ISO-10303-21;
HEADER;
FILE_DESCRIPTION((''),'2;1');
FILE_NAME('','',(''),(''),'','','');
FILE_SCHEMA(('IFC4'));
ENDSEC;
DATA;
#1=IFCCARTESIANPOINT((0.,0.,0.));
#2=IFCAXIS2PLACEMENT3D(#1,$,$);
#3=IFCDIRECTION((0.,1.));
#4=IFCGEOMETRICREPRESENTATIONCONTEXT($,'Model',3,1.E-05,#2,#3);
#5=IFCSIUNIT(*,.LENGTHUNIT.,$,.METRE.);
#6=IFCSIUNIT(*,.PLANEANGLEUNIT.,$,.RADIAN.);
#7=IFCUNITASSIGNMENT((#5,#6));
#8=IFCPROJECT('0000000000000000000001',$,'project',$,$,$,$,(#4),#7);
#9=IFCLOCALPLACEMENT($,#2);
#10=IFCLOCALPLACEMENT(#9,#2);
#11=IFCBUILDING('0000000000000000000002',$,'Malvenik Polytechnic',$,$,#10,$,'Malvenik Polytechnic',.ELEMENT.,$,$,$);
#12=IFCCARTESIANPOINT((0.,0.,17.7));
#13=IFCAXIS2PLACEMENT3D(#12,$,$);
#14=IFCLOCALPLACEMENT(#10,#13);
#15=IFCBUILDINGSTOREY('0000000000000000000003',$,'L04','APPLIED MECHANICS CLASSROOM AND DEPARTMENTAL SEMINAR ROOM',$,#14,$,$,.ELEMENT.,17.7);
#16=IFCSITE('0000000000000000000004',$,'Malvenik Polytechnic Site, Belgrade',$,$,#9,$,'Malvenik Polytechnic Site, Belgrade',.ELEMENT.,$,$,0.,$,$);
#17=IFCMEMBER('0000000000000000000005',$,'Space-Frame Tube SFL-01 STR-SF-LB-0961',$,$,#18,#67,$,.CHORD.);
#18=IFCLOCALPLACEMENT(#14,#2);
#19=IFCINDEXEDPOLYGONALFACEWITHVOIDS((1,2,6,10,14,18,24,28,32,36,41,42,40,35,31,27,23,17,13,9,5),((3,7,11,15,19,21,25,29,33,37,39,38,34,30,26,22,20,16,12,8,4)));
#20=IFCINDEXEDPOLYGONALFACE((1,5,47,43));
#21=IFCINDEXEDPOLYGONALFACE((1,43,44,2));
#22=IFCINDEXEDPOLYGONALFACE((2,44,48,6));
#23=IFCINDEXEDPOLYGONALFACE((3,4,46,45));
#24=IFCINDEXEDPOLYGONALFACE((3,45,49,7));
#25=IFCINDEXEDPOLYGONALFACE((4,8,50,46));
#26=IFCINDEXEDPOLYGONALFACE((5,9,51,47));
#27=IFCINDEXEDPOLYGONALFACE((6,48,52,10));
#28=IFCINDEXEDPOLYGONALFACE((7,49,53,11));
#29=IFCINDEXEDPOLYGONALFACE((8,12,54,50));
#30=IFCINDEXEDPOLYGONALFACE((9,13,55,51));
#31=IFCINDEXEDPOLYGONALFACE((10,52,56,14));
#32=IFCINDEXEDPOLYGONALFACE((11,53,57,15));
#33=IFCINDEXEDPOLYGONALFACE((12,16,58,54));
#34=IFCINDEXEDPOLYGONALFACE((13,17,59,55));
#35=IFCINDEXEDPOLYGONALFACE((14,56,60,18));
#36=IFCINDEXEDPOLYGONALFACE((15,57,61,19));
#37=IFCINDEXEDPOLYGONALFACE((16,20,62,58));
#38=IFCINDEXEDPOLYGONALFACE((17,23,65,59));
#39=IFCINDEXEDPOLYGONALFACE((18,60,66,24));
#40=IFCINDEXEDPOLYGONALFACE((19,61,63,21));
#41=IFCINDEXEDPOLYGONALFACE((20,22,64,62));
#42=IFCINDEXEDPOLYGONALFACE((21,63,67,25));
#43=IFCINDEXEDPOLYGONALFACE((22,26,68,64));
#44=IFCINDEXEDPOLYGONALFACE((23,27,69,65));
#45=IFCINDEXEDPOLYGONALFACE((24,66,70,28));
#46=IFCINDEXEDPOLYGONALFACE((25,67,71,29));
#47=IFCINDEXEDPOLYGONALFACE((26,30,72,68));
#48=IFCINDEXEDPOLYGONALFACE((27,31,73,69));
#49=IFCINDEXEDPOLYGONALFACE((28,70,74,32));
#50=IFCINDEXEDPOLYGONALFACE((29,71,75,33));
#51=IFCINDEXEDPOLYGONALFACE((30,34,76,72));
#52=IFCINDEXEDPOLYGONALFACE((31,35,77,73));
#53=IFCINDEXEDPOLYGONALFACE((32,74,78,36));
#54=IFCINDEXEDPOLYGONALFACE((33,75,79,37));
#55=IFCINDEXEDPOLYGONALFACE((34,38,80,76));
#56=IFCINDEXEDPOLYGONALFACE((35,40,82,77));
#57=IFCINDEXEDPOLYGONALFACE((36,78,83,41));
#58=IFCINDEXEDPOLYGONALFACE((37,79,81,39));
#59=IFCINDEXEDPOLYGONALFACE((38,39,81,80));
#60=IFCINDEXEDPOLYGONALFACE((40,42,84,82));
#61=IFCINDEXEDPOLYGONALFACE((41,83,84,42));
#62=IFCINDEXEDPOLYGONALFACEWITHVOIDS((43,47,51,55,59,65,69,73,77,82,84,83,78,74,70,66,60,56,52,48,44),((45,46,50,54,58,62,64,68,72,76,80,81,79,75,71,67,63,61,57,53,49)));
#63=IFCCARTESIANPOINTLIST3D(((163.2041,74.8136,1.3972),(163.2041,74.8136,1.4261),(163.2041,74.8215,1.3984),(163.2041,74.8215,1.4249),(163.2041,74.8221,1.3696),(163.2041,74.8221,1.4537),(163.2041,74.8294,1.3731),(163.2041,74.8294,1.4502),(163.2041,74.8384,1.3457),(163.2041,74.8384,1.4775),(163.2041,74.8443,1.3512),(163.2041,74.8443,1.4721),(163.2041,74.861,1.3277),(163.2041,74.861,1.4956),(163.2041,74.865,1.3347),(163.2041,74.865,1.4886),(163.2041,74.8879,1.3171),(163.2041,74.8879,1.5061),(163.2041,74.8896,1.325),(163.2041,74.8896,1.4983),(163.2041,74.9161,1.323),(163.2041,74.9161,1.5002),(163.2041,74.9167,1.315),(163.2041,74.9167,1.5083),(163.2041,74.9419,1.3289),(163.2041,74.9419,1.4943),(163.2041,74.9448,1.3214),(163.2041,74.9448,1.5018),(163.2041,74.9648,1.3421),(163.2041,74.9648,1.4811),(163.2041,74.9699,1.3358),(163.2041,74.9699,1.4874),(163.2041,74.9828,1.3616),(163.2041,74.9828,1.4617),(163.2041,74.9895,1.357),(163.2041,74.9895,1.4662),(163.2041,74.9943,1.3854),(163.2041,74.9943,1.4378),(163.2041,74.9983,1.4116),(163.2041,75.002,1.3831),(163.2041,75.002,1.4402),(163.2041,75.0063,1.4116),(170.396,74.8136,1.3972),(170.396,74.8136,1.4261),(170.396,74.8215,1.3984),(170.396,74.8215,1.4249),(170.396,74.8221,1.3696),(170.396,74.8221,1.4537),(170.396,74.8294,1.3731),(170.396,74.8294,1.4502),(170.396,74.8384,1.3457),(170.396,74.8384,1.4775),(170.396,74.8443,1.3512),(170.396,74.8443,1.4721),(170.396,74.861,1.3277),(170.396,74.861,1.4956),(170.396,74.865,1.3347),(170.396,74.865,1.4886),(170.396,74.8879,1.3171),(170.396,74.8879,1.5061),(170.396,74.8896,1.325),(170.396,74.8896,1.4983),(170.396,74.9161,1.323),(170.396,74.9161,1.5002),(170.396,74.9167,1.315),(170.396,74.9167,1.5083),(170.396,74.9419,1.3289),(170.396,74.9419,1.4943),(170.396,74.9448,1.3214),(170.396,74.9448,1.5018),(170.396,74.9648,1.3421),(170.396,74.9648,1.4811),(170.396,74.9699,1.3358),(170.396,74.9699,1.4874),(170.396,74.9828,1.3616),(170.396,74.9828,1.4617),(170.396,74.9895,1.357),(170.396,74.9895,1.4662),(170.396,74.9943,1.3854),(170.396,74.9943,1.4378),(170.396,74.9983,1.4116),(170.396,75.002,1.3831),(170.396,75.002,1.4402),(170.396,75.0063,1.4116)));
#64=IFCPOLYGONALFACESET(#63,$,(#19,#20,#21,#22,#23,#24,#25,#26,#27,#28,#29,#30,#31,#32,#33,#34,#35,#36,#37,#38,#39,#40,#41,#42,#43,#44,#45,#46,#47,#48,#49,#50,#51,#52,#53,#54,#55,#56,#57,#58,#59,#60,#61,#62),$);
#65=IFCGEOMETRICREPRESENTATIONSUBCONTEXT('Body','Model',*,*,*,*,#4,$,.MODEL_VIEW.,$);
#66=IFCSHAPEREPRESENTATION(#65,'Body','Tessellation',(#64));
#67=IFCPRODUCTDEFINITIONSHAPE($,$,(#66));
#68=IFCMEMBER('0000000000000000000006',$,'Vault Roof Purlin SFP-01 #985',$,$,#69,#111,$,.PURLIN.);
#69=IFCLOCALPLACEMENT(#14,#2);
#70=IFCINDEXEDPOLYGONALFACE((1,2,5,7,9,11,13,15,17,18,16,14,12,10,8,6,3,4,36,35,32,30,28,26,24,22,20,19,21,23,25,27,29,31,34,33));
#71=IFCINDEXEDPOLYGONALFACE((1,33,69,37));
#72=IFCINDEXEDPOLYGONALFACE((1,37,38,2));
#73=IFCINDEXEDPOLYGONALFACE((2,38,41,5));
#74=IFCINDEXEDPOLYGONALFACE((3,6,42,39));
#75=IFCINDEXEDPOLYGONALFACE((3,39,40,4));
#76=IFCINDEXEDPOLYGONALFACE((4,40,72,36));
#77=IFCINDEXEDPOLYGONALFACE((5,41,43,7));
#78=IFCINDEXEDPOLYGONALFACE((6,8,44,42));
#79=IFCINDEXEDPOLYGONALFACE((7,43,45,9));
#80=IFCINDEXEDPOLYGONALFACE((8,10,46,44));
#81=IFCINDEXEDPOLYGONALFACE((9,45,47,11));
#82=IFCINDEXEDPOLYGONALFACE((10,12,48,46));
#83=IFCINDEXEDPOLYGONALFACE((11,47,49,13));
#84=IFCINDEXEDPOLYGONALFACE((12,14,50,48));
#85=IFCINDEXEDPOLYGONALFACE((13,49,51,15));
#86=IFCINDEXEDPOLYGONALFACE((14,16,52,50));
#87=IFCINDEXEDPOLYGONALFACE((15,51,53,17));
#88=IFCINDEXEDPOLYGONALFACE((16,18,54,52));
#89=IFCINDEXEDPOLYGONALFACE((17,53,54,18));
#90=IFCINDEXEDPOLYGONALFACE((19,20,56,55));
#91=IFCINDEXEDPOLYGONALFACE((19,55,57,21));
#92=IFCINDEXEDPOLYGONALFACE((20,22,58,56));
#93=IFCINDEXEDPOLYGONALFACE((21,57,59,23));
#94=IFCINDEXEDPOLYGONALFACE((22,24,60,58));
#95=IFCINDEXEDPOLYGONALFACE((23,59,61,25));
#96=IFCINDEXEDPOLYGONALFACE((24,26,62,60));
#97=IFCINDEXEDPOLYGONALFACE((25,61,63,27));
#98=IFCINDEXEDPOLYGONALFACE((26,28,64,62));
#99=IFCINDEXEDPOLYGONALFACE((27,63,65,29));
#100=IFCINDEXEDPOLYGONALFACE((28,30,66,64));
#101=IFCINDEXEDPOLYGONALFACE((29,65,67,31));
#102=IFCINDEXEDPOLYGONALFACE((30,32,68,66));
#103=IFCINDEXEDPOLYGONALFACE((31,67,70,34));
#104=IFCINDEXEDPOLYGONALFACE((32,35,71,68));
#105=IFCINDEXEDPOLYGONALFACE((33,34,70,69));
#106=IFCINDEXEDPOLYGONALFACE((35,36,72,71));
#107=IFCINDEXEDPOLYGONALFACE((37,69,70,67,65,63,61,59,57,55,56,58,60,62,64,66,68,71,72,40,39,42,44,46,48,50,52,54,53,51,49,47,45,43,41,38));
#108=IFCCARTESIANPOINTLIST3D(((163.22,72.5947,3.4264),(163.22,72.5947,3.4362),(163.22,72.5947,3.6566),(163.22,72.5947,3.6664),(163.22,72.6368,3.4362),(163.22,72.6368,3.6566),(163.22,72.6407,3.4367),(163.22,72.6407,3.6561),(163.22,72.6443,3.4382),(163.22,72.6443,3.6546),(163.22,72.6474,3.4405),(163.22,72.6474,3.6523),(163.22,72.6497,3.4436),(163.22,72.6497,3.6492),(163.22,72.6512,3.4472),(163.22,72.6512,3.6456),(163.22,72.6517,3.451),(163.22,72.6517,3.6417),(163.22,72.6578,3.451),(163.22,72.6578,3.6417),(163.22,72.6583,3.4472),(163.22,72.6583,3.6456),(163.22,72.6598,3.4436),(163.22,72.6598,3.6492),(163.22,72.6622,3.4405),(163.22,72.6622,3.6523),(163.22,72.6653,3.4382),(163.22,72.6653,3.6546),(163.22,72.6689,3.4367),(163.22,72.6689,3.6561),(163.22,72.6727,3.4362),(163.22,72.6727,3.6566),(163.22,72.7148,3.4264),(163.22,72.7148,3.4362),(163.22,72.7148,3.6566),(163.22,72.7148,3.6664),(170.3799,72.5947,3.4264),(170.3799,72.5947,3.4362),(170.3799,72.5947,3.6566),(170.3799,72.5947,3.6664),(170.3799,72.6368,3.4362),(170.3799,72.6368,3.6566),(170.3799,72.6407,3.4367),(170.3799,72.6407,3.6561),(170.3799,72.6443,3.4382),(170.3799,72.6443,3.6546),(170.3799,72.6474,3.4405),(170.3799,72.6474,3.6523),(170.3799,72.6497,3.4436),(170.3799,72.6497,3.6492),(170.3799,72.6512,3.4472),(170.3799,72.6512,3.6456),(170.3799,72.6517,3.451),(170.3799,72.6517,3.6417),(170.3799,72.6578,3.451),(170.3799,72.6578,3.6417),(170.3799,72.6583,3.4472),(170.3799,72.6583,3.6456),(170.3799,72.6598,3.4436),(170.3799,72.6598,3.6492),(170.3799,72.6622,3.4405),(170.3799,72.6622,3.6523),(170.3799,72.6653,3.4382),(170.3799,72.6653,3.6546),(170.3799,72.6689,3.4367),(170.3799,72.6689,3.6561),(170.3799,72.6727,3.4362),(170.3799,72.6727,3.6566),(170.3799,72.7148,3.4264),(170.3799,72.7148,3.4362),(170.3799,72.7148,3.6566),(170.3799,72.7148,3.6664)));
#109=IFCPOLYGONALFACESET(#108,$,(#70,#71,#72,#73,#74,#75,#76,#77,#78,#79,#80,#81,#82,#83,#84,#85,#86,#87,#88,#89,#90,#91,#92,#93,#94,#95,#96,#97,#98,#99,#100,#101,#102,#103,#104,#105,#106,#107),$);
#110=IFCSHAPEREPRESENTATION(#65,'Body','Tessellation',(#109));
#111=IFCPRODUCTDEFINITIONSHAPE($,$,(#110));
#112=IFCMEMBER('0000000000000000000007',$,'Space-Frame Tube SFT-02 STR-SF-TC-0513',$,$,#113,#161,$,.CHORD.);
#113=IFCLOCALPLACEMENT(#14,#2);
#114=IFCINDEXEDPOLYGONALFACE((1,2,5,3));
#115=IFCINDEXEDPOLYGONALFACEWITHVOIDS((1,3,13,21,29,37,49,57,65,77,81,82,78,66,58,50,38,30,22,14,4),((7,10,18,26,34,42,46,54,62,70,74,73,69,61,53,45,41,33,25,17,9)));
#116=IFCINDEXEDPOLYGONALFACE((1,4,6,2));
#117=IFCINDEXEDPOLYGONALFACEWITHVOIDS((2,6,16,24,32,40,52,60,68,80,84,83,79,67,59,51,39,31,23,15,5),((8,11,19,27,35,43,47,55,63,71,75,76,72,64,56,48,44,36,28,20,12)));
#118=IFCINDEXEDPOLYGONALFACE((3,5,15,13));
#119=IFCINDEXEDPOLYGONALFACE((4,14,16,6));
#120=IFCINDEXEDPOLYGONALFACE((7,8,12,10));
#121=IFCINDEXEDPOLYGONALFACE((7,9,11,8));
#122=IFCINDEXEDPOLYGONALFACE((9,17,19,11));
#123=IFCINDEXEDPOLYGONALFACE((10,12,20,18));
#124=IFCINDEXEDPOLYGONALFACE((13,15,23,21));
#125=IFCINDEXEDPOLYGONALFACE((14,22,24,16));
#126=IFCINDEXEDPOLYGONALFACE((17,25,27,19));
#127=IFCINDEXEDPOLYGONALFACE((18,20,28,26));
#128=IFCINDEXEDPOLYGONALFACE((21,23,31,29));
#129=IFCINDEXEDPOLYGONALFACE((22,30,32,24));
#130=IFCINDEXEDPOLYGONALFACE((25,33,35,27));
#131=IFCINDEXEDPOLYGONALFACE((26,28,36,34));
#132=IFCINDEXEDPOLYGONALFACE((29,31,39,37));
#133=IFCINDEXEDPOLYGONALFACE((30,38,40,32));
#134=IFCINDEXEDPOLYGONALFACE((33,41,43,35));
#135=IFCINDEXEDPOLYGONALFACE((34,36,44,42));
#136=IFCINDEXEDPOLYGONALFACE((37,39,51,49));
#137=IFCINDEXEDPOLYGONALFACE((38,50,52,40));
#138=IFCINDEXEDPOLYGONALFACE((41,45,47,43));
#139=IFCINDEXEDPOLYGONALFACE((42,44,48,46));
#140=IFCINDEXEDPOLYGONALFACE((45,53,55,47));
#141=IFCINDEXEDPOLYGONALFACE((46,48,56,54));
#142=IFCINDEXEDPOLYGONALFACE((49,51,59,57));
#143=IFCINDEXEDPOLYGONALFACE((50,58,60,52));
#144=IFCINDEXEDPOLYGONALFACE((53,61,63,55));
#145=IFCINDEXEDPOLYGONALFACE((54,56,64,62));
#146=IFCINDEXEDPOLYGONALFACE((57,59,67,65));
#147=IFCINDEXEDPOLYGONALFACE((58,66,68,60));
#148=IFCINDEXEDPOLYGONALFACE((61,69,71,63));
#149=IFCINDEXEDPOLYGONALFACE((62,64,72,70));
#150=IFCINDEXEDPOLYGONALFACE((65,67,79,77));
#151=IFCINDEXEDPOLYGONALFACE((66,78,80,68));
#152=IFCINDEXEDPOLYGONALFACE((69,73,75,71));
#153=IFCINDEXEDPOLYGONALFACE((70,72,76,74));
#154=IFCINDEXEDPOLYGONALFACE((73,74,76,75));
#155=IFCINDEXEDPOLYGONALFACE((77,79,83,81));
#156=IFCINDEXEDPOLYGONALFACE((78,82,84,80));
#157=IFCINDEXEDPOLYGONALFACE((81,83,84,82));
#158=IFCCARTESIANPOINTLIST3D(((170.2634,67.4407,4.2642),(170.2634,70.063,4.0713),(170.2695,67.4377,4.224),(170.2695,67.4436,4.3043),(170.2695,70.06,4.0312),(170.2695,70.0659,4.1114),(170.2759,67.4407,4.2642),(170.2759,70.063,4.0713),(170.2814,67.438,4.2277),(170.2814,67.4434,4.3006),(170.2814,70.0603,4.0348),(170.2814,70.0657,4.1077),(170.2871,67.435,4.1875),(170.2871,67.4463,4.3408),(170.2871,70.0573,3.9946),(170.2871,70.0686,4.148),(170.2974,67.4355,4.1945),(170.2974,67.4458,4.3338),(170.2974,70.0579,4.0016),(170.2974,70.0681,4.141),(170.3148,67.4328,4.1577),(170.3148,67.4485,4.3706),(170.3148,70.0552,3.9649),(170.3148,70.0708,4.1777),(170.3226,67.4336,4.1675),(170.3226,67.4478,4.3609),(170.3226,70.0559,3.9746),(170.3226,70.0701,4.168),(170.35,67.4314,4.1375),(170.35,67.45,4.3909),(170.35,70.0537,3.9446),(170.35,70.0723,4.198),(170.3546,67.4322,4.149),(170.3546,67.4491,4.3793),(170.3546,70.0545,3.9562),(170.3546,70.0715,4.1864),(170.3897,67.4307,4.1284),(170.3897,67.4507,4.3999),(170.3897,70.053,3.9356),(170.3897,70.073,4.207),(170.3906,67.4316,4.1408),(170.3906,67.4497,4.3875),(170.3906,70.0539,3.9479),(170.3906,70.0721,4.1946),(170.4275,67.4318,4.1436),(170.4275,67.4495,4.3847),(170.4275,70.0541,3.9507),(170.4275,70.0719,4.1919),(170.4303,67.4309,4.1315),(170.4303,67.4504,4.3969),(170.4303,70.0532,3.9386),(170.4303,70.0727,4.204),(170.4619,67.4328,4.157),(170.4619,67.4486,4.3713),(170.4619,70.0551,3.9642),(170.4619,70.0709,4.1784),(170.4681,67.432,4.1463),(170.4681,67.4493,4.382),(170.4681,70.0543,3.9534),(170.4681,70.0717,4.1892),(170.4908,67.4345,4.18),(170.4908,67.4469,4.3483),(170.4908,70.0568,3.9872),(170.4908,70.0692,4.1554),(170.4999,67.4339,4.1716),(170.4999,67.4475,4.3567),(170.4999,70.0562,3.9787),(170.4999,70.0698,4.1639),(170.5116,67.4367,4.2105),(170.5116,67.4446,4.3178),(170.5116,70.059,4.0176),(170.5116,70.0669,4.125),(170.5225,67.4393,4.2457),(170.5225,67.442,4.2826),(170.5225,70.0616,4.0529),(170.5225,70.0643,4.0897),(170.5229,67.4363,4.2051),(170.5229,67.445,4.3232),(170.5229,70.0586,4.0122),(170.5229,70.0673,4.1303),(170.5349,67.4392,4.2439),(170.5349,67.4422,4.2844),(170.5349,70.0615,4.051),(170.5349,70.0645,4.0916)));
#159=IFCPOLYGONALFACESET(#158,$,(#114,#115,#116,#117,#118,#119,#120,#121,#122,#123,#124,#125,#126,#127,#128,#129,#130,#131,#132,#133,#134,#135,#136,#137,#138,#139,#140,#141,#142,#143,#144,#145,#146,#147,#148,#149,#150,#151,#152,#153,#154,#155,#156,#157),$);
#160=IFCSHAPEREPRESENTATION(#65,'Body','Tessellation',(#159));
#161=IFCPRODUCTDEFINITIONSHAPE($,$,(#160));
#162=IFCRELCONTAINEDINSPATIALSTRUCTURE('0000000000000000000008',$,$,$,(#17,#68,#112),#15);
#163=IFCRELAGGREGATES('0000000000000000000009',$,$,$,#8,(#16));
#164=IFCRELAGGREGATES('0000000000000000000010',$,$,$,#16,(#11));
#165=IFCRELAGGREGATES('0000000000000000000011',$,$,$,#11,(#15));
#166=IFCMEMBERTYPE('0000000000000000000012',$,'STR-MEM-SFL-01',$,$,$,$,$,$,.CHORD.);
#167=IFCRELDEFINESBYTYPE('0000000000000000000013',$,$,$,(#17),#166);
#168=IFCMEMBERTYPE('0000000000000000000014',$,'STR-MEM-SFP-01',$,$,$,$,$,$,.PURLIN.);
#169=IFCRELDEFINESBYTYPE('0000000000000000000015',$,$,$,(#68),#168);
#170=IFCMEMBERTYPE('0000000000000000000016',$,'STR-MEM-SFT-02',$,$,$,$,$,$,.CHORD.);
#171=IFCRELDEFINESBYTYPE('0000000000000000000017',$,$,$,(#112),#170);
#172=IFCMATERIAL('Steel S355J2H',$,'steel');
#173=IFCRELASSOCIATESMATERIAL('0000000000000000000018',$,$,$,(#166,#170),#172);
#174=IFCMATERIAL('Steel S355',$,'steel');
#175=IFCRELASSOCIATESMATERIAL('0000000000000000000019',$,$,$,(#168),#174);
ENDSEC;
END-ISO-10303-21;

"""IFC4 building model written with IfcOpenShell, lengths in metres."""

from ifc_helpers import new_model, si_unit, direction, frame, origin, origin_2d, place, context, subcontext, project, spatial, hollow_circle, i_section, extrude, material, material_profile, profile_set, type_object, element, save


model = new_model("IFC4")

# Units and contexts
model_context = context("Model", 3, precision=1e-05, world=origin(), true_north=direction((0.0, 1.0)))
body_context = subcontext(model_context, "Body", "Model", "MODEL_VIEW")
ifc_project = project(units=[si_unit("LENGTHUNIT", "METRE"), si_unit("PLANEANGLEUNIT", "RADIAN")], contexts=[model_context])

# Site, building, storey
site_placement = place(None, origin())
site = spatial("IfcSite", under=ifc_project, at=site_placement, Name="Malvenik Polytechnic Site, Belgrade", LongName="Malvenik Polytechnic Site, Belgrade", CompositionType="ELEMENT", RefElevation=0.0)
building_placement = place(site_placement, origin())
building = spatial("IfcBuilding", under=site, at=building_placement, Name="Malvenik Polytechnic", LongName="Malvenik Polytechnic", CompositionType="ELEMENT")
storey_placement = place(building_placement, frame((0.0, 0.0, 17.7)))
storey = spatial("IfcBuildingStorey", under=building, at=storey_placement, Name="L04", Description="APPLIED MECHANICS CLASSROOM AND DEPARTMENTAL SEMINAR ROOM", CompositionType="ELEMENT", Elevation=17.7)

# Members
ifc_material_1 = material(Name="Steel S355J2H", Category="steel")
ifc_material_profile_1 = material_profile(ifc_material_1, hollow_circle(Radius=0.0969, WallThickness=0.0081, at=origin_2d()), Name="CHS 193.7x8.0")
ifc_profile_set_1 = profile_set([ifc_material_profile_1], Name="Steel S355J2H")
member_type_1 = type_object("IfcMemberType", Name="STR-MEM-SFL-01", PredefinedType="CHORD", material=ifc_profile_set_1)
for number, where, z_axis, x_axis, name in (
    (1, (163.2041, 74.9094, 1.4116), (1.0, 0.0, 0.0), (0.0, 1.0, 0.0), "Space-Frame Tube SFL-01 STR-SF-LB-0961"),
):
    element("IfcMember", number, at=place(storey_placement, frame(where, z_axis=z_axis, x_axis=x_axis)), inside=storey, type_object=member_type_1, Name=name, PredefinedType="CHORD", context=body_context, shape_type="SweptSolid", body=[
        extrude(hollow_circle(Radius=0.0969, WallThickness=0.0081, at=origin_2d()), origin(), (0.0, 0.0, 1.0), 7.1919),
    ])
ifc_material_2 = material(Name="Steel S355", Category="steel")
ifc_material_profile_2 = material_profile(ifc_material_2, i_section(OverallWidth=0.1201, OverallDepth=0.24, WebThickness=0.0061, FlangeThickness=0.0098, FilletRadius=0.0149, at=origin_2d()), Name="IPE 240")
ifc_profile_set_2 = profile_set([ifc_material_profile_2], Name="Steel S355")
member_type_2 = type_object("IfcMemberType", Name="STR-MEM-SFP-01", PredefinedType="PURLIN", material=ifc_profile_set_2)
member_1_placement = place(storey_placement, frame((163.22, 72.6548, 3.5464), z_axis=(1.0, 0.0, 0.0), x_axis=(0.0, 1.0, 0.0)))
element("IfcMember", 2, at=member_1_placement, inside=storey, type_object=member_type_2, Name="Vault Roof Purlin SFP-01 #985", PredefinedType="PURLIN", context=body_context, shape_type="SweptSolid", body=[
    extrude(i_section(OverallWidth=0.1201, OverallDepth=0.24, WebThickness=0.0061, FlangeThickness=0.0098, FilletRadius=0.0149, at=origin_2d()), origin(), (0.0, 0.0, 1.0), 7.1599),
])
ifc_material_profile_3 = material_profile(ifc_material_1, hollow_circle(Radius=0.1365, WallThickness=0.0125, at=origin_2d()), Name="CHS 273.0x12.5")
ifc_profile_set_3 = profile_set([ifc_material_profile_3], Name="Steel S355J2H")
member_type_3 = type_object("IfcMemberType", Name="STR-MEM-SFT-02", PredefinedType="CHORD", material=ifc_profile_set_3)
for number, where, z_axis, x_axis, name in (
    (3, (170.3999, 67.4407, 4.2642), (0.0, 0.997306, -0.073352), (-1.0, 0.0, 0.0), "Space-Frame Tube SFT-02 STR-SF-TC-0513"),
):
    element("IfcMember", number, at=place(storey_placement, frame(where, z_axis=z_axis, x_axis=x_axis)), inside=storey, type_object=member_type_3, Name=name, PredefinedType="CHORD", context=body_context, shape_type="SweptSolid", body=[
        extrude(hollow_circle(Radius=0.1365, WallThickness=0.0125, at=origin_2d()), origin(), (0.0, 0.0, 1.0), 2.6294),
    ])

save(model, "model.ifc")
